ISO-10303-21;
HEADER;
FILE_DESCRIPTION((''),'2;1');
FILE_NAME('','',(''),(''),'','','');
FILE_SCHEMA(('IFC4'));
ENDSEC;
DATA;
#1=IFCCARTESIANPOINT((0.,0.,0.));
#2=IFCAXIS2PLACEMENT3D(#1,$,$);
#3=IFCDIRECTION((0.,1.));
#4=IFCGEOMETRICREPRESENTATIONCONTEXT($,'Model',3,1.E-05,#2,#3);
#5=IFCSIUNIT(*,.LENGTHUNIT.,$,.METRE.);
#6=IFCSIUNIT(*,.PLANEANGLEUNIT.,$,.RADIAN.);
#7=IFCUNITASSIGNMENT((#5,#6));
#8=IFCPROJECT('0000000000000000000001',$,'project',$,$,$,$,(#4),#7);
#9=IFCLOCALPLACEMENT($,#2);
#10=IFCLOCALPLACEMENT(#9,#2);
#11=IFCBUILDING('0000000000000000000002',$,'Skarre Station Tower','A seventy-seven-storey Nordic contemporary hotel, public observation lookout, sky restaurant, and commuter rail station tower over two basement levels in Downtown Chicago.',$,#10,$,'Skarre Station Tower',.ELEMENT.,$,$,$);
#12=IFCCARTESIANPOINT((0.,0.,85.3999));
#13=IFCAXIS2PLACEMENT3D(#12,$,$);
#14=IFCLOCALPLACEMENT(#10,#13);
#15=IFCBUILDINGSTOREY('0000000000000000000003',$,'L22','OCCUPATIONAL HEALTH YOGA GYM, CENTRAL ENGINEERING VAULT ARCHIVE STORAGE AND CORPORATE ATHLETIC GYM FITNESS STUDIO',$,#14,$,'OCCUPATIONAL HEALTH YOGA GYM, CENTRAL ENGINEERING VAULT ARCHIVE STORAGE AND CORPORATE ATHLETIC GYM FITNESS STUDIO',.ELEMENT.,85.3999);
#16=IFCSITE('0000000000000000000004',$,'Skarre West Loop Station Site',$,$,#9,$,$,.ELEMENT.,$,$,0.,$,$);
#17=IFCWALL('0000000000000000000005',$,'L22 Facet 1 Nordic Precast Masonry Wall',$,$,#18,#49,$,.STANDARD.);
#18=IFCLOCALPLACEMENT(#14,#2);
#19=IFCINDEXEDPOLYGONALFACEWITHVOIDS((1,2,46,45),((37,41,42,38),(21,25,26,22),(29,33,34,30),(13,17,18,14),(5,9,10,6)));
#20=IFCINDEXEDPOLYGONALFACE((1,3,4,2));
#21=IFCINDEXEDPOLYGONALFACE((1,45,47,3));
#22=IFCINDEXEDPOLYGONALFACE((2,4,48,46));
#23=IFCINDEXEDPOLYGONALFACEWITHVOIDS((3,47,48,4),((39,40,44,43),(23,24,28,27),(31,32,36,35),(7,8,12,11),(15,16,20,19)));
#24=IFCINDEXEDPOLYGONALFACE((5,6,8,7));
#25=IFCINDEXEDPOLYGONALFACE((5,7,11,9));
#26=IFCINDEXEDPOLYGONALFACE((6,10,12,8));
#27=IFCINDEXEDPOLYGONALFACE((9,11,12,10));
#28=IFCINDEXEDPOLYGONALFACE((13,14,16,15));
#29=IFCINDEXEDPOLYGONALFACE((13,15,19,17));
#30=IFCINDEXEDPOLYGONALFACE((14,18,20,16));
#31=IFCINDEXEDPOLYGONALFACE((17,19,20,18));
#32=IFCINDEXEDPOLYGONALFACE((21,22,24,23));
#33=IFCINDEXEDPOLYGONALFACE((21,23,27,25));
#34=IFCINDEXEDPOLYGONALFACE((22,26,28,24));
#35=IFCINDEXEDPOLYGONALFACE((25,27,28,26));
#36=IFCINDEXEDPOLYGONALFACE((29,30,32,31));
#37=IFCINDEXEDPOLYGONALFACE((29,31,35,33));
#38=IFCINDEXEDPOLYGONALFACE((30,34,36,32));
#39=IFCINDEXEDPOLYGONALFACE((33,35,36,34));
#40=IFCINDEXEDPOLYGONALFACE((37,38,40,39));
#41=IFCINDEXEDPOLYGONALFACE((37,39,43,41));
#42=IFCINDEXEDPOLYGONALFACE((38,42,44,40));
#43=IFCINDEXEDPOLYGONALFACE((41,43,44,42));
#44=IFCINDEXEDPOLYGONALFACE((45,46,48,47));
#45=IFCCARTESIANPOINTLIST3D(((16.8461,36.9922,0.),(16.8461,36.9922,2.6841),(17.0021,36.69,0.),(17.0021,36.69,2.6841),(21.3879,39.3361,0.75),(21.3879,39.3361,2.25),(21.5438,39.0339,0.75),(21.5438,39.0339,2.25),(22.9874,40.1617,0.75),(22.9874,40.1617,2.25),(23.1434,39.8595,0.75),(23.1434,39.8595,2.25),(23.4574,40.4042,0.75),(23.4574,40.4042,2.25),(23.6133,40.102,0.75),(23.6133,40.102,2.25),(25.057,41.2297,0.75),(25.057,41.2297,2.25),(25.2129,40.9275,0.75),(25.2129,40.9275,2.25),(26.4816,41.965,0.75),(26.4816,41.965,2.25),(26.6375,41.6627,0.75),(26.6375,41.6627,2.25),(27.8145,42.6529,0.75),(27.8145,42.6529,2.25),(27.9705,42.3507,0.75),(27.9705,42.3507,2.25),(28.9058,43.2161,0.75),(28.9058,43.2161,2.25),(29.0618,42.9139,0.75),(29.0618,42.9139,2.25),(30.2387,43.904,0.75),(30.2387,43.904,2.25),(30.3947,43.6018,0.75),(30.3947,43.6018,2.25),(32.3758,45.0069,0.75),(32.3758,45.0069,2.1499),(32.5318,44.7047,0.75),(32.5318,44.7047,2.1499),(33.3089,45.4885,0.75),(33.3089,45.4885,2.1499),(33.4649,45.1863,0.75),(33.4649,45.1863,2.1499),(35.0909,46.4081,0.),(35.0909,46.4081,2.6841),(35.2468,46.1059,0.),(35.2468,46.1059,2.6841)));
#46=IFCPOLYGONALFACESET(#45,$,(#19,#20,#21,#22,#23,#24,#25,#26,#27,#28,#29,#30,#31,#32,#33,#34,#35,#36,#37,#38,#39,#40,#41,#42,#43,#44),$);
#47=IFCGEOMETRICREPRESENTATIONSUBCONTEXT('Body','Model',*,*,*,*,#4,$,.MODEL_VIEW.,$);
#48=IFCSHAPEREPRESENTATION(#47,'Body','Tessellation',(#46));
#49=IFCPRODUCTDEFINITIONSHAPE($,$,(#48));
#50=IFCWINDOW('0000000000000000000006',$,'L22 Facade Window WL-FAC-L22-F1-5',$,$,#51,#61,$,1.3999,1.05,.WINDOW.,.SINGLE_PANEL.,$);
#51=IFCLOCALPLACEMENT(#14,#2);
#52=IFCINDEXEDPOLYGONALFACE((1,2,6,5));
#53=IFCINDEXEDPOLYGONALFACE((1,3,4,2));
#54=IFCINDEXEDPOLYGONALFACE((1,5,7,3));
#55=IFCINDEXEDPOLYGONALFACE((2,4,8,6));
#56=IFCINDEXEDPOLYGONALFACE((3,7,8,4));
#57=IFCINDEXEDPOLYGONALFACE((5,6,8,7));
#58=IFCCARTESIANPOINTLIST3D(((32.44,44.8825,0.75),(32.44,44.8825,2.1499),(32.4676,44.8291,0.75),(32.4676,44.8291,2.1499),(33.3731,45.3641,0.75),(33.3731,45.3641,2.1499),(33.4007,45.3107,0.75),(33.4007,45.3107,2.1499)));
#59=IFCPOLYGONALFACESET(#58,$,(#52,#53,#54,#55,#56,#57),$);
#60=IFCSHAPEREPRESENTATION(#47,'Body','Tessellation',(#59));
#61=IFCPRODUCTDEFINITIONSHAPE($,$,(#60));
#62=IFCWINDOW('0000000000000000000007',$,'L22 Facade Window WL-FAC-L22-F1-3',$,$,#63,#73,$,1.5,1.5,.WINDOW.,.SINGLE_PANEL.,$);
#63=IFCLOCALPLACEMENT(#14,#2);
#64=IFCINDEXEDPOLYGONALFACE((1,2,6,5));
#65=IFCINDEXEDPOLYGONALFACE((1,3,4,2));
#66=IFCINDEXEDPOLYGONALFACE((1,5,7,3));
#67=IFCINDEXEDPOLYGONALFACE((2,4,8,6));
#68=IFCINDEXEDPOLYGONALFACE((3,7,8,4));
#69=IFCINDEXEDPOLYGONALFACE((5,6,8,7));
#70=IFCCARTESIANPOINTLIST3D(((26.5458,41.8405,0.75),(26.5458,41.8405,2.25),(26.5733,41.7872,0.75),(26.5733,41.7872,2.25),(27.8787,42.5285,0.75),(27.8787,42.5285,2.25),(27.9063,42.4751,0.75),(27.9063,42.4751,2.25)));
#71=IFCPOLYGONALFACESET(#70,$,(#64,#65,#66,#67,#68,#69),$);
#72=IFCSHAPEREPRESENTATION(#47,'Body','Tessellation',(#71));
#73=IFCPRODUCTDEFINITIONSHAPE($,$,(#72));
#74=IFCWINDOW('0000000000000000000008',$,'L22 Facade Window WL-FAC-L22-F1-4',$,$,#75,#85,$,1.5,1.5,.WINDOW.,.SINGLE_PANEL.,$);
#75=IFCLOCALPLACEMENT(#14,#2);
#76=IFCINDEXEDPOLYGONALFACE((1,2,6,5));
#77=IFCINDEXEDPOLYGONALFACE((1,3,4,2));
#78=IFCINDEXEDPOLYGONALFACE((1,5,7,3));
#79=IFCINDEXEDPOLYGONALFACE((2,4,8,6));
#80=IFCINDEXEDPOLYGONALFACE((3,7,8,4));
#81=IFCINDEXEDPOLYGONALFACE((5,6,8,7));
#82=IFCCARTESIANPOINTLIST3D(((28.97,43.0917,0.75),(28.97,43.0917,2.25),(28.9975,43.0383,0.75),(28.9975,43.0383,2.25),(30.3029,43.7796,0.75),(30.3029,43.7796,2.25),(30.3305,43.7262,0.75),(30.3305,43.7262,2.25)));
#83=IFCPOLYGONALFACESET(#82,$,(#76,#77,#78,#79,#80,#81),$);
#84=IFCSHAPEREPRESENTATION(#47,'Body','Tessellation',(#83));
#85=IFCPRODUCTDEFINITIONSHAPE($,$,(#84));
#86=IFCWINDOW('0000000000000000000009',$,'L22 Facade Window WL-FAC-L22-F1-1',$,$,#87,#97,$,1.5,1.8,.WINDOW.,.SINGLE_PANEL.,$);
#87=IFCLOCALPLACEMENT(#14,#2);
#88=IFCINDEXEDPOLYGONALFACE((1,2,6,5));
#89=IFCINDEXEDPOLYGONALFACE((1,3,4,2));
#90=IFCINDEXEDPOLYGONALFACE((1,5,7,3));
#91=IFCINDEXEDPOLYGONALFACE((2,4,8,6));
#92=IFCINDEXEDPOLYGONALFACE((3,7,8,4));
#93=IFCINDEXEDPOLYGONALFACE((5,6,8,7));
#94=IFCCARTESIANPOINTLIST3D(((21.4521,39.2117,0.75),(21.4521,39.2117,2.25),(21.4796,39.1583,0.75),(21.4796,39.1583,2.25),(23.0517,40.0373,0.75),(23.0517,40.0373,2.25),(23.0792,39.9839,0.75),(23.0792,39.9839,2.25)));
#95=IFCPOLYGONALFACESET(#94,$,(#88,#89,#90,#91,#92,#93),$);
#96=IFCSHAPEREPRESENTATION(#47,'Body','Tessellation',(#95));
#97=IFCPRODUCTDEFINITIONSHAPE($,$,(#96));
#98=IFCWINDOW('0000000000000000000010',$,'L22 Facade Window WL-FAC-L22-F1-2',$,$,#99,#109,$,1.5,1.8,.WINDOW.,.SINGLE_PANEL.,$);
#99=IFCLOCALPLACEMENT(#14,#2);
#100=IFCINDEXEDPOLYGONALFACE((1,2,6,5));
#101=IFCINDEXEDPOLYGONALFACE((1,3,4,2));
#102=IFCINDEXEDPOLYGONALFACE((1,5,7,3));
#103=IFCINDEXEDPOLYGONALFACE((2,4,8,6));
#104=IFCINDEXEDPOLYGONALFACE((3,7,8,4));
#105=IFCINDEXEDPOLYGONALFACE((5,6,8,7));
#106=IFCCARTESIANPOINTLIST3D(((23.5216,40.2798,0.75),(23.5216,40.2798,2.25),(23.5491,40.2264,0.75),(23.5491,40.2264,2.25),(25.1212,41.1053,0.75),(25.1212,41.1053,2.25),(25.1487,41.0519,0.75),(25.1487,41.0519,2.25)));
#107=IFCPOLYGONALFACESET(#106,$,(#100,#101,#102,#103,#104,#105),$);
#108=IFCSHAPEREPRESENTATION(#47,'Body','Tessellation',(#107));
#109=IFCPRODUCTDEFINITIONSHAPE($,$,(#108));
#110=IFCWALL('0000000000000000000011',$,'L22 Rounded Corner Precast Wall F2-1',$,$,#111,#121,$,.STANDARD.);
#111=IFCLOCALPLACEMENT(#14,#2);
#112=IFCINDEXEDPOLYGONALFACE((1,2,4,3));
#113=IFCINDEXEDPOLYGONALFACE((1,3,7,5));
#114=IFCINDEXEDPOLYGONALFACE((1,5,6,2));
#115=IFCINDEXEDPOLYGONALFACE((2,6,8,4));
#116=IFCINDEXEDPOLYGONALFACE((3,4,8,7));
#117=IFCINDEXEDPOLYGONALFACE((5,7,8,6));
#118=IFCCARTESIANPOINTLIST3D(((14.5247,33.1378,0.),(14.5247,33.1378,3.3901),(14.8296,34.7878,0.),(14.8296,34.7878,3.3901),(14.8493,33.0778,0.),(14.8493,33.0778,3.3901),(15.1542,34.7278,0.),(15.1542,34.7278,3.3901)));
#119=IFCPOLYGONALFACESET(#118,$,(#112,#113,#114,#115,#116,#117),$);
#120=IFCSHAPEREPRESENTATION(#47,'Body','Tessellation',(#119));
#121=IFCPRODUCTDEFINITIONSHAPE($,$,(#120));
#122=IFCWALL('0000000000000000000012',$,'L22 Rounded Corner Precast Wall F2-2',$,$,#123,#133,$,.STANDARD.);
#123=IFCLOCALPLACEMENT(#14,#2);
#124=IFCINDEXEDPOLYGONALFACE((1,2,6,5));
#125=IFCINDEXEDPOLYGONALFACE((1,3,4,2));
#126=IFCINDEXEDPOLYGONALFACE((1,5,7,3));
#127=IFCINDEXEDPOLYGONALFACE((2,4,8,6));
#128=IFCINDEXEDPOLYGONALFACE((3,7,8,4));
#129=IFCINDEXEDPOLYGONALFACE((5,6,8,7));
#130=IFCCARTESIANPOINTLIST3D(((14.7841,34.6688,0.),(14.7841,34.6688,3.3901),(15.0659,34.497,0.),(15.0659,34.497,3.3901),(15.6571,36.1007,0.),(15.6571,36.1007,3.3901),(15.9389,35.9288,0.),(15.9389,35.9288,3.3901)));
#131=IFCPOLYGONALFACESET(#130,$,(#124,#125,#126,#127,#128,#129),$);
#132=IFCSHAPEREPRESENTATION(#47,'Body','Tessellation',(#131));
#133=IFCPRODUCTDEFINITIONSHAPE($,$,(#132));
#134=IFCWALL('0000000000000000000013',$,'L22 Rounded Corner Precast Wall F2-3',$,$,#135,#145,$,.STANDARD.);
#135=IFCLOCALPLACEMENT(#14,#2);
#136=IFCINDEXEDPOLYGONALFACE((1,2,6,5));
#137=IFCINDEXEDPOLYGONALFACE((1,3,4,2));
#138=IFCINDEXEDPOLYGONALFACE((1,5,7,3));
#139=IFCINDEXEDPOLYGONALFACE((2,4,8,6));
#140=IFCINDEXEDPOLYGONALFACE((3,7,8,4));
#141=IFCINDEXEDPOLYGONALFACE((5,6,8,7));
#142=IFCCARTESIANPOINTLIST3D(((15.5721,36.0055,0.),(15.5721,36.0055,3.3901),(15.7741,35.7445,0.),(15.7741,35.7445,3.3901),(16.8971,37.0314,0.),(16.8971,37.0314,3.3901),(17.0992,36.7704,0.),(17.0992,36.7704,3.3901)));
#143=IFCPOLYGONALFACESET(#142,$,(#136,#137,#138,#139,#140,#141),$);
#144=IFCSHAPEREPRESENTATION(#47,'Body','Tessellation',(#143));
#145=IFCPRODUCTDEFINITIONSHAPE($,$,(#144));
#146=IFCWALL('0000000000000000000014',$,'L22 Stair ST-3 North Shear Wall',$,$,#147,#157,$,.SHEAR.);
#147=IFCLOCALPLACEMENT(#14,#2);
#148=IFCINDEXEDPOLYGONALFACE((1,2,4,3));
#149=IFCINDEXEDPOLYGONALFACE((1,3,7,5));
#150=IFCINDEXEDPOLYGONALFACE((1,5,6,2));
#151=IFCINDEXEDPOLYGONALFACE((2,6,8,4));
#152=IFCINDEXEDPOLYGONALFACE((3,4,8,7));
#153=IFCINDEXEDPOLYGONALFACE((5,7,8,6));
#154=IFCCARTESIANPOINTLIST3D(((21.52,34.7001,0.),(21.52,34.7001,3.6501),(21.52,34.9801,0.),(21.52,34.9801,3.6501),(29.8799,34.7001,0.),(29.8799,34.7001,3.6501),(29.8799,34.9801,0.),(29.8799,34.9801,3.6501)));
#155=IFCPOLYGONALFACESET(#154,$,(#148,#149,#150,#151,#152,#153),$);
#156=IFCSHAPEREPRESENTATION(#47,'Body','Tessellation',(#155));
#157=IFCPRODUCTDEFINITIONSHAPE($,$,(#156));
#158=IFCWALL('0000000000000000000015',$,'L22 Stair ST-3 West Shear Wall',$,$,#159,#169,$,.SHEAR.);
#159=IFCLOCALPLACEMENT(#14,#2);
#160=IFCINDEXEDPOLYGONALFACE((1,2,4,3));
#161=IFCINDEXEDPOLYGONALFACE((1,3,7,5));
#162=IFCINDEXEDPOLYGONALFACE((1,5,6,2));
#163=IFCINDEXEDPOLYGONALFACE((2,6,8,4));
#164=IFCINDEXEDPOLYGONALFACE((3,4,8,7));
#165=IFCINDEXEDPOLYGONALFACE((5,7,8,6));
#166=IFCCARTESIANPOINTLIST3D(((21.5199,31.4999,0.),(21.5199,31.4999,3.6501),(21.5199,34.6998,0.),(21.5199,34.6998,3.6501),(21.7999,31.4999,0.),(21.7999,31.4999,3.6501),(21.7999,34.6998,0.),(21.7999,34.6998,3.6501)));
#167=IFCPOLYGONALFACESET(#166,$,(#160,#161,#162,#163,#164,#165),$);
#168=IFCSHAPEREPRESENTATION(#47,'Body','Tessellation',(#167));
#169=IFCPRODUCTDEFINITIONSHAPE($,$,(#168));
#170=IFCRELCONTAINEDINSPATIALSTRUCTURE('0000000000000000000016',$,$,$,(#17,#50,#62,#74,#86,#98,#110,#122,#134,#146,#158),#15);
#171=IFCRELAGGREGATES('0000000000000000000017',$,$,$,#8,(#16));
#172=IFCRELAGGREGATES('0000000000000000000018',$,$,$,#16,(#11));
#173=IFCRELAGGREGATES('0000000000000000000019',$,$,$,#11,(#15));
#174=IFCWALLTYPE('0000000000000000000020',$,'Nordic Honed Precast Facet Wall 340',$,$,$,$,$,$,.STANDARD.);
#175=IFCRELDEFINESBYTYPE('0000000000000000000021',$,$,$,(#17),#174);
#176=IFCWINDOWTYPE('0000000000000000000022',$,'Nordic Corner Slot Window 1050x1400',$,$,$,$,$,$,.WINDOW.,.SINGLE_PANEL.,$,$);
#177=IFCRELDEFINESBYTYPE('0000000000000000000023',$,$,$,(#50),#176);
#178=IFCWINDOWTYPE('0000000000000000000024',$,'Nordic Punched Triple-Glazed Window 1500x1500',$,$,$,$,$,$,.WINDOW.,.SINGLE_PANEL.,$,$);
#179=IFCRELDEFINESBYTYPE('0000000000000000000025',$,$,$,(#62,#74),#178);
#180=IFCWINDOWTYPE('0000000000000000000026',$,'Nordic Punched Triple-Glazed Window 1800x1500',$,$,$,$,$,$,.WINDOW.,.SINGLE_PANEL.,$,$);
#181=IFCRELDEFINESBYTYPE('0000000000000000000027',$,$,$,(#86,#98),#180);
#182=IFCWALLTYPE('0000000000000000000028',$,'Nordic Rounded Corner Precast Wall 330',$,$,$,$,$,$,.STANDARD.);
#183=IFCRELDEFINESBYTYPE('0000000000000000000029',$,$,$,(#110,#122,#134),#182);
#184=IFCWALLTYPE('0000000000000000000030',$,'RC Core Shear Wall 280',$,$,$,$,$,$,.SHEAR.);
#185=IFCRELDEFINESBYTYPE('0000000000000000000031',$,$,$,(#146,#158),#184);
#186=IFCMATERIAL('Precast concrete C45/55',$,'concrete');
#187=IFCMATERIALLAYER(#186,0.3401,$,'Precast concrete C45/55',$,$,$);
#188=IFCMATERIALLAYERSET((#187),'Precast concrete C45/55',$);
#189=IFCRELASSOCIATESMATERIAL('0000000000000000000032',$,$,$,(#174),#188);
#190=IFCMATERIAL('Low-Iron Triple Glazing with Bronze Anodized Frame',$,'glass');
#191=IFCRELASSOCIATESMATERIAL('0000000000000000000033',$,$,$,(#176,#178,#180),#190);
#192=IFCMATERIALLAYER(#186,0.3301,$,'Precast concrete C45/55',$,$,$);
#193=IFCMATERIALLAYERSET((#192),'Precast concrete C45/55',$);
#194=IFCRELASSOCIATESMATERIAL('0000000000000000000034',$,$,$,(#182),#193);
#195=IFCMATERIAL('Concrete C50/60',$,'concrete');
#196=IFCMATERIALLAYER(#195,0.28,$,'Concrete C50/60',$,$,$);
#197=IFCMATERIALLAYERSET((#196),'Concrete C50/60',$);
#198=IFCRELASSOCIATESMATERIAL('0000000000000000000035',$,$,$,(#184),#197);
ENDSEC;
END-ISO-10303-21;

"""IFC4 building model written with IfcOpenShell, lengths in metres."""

from ifc_helpers import new_model, si_unit, direction, frame, frame_2d, origin, place, context, subcontext, project, spatial, rectangle, extrude, material, layer, layer_set, type_object, element, fill, save


model = new_model("IFC4")

# Units and contexts
model_context = context("Model", 3, precision=1e-05, world=origin(), true_north=direction((0.0, 1.0)))
body_context = subcontext(model_context, "Body", "Model", "MODEL_VIEW")
ifc_project = project(units=[si_unit("LENGTHUNIT", "METRE"), si_unit("PLANEANGLEUNIT", "RADIAN")], contexts=[model_context])

# Site, building, storey
site_placement = place(None, origin())
site = spatial("IfcSite", under=ifc_project, at=site_placement, Name="Skarre West Loop Station Site", CompositionType="ELEMENT", RefElevation=0.0)
building_placement = place(site_placement, origin())
building = spatial("IfcBuilding", under=site, at=building_placement, Name="Skarre Station Tower", Description="A seventy-seven-storey Nordic contemporary hotel, public observation lookout, sky restaurant, and commuter rail station tower over two basement levels in Downtown Chicago.", LongName="Skarre Station Tower", CompositionType="ELEMENT")
storey_placement = place(building_placement, frame((0.0, 0.0, 85.3999)))
storey = spatial("IfcBuildingStorey", under=building, at=storey_placement, Name="L22", Description="OCCUPATIONAL HEALTH YOGA GYM, CENTRAL ENGINEERING VAULT ARCHIVE STORAGE AND CORPORATE ATHLETIC GYM FITNESS STUDIO", LongName="OCCUPATIONAL HEALTH YOGA GYM, CENTRAL ENGINEERING VAULT ARCHIVE STORAGE AND CORPORATE ATHLETIC GYM FITNESS STUDIO", CompositionType="ELEMENT", Elevation=85.3999)

# Wall, openings, windows
ifc_material_1 = material(Name="Precast concrete C45/55", Category="concrete")
ifc_layer_1 = layer(ifc_material_1, 0.3401, Name="Precast concrete C45/55")
ifc_layer_set_1 = layer_set([ifc_layer_1], Name="Precast concrete C45/55")
wall_type_1 = type_object("IfcWallType", Name="Nordic Honed Precast Facet Wall 340", PredefinedType="STANDARD", material=ifc_layer_set_1)
wall_1_placement = place(storey_placement, frame((16.9241, 36.8411, 0.0), z_axis=(0.0, 0.0, 1.0), x_axis=(0.888634, 0.458616, 0.0)))
wall_1 = element("IfcWall", 1, at=wall_1_placement, inside=storey, type_object=wall_type_1, Name="L22 Facet 1 Nordic Precast Masonry Wall", PredefinedType="STANDARD", context=body_context, shape_type="SweptSolid", body=[
    extrude(rectangle(XDim=20.5312, YDim=0.3401, at=frame_2d((10.2656, 0.0))), origin(), (0.0, 0.0, 1.0), 2.6841),
])
opening_1_placement = place(wall_1_placement, frame((5.1111, 0.0, 0.75)))
opening_1 = element("IfcOpeningElement", 2, at=opening_1_placement, cuts=wall_1, PredefinedType="OPENING", context=body_context, shape_type="SweptSolid", body=[
    extrude(rectangle(XDim=1.8, YDim=1.5, at=frame_2d((0.8999, 0.75))), frame((0.0, 0.1799, 0.0), z_axis=(0.0, -1.0, 0.0), x_axis=(1.0, 0.0, 0.0)), (0.0, 0.0, 1.0), 0.3601),
])
opening_2_placement = place(wall_1_placement, frame((7.4399, 0.0, 0.75)))
opening_2 = element("IfcOpeningElement", 3, at=opening_2_placement, cuts=wall_1, PredefinedType="OPENING", context=body_context, shape_type="SweptSolid", body=[
    extrude(rectangle(XDim=1.8, YDim=1.5, at=frame_2d((0.8999, 0.75))), frame((0.0, 0.1799, 0.0), z_axis=(0.0, -1.0, 0.0), x_axis=(1.0, 0.0, 0.0)), (0.0, 0.0, 1.0), 0.3601),
])
opening_3_placement = place(wall_1_placement, frame((10.843, 0.0, 0.75)))
opening_3 = element("IfcOpeningElement", 4, at=opening_3_placement, cuts=wall_1, PredefinedType="OPENING", context=body_context, shape_type="SweptSolid", body=[
    extrude(rectangle(XDim=1.5, YDim=1.5, at=frame_2d((0.75, 0.75))), frame((0.0, 0.1799, 0.0), z_axis=(0.0, -1.0, 0.0), x_axis=(1.0, 0.0, 0.0)), (0.0, 0.0, 1.0), 0.3601),
])
opening_4_placement = place(wall_1_placement, frame((13.571, 0.0, 0.75)))
opening_4 = element("IfcOpeningElement", 5, at=opening_4_placement, cuts=wall_1, PredefinedType="OPENING", context=body_context, shape_type="SweptSolid", body=[
    extrude(rectangle(XDim=1.5, YDim=1.5, at=frame_2d((0.75, 0.75))), frame((0.0, 0.1799, 0.0), z_axis=(0.0, -1.0, 0.0), x_axis=(1.0, 0.0, 0.0)), (0.0, 0.0, 1.0), 0.3601),
])
opening_5_placement = place(wall_1_placement, frame((17.4761, 0.0, 0.75)))
opening_5 = element("IfcOpeningElement", 6, at=opening_5_placement, cuts=wall_1, PredefinedType="OPENING", context=body_context, shape_type="SweptSolid", body=[
    extrude(rectangle(XDim=1.05, YDim=1.3999, at=frame_2d((0.5249, 0.7))), frame((0.0, 0.1799, 0.0), z_axis=(0.0, -1.0, 0.0), x_axis=(1.0, 0.0, 0.0)), (0.0, 0.0, 1.0), 0.3601),
])
ifc_material_2 = material(Name="Low-Iron Triple Glazing with Bronze Anodized Frame", Category="glass")
window_type_1 = type_object("IfcWindowType", Name="Nordic Corner Slot Window 1050x1400", PartitioningType="SINGLE_PANEL", PredefinedType="WINDOW", material=ifc_material_2)
window_1_placement = place(opening_5_placement, origin())
window_1 = element("IfcWindow", 7, at=window_1_placement, inside=storey, type_object=window_type_1, Name="L22 Facade Window WL-FAC-L22-F1-5", OverallHeight=1.3999, OverallWidth=1.05, PartitioningType="SINGLE_PANEL", PredefinedType="WINDOW", context=body_context, shape_type="SweptSolid", body=[
    extrude(rectangle(XDim=1.05, YDim=1.3999, at=frame_2d((0.5249, 0.7))), frame((0.0, 0.03, 0.0), z_axis=(0.0, -1.0, 0.0), x_axis=(1.0, 0.0, 0.0)), (0.0, 0.0, 1.0), 0.0601),
])
fill(opening_5, window_1)
window_type_2 = type_object("IfcWindowType", Name="Nordic Punched Triple-Glazed Window 1500x1500", PartitioningType="SINGLE_PANEL", PredefinedType="WINDOW", material=ifc_material_2)
window_2_placement = place(opening_3_placement, origin())
window_2 = element("IfcWindow", 8, at=window_2_placement, inside=storey, type_object=window_type_2, Name="L22 Facade Window WL-FAC-L22-F1-3", OverallHeight=1.5, OverallWidth=1.5, PartitioningType="SINGLE_PANEL", PredefinedType="WINDOW", context=body_context, shape_type="SweptSolid", body=[
    extrude(rectangle(XDim=1.5, YDim=1.5, at=frame_2d((0.75, 0.75))), frame((0.0, 0.03, 0.0), z_axis=(0.0, -1.0, 0.0), x_axis=(1.0, 0.0, 0.0)), (0.0, 0.0, 1.0), 0.0601),
])
fill(opening_3, window_2)
window_3_placement = place(opening_4_placement, origin())
window_3 = element("IfcWindow", 9, at=window_3_placement, inside=storey, type_object=window_type_2, Name="L22 Facade Window WL-FAC-L22-F1-4", OverallHeight=1.5, OverallWidth=1.5, PartitioningType="SINGLE_PANEL", PredefinedType="WINDOW", context=body_context, shape_type="SweptSolid", body=[
    extrude(rectangle(XDim=1.5, YDim=1.5, at=frame_2d((0.75, 0.75))), frame((0.0, 0.03, 0.0), z_axis=(0.0, -1.0, 0.0), x_axis=(1.0, 0.0, 0.0)), (0.0, 0.0, 1.0), 0.0601),
])
fill(opening_4, window_3)
window_type_3 = type_object("IfcWindowType", Name="Nordic Punched Triple-Glazed Window 1800x1500", PartitioningType="SINGLE_PANEL", PredefinedType="WINDOW", material=ifc_material_2)
window_4_placement = place(opening_1_placement, origin())
window_4 = element("IfcWindow", 10, at=window_4_placement, inside=storey, type_object=window_type_3, Name="L22 Facade Window WL-FAC-L22-F1-1", OverallHeight=1.5, OverallWidth=1.8, PartitioningType="SINGLE_PANEL", PredefinedType="WINDOW", context=body_context, shape_type="SweptSolid", body=[
    extrude(rectangle(XDim=1.8, YDim=1.5, at=frame_2d((0.8999, 0.75))), frame((0.0, 0.03, 0.0), z_axis=(0.0, -1.0, 0.0), x_axis=(1.0, 0.0, 0.0)), (0.0, 0.0, 1.0), 0.0601),
])
fill(opening_1, window_4)
window_5_placement = place(opening_2_placement, origin())
window_5 = element("IfcWindow", 11, at=window_5_placement, inside=storey, type_object=window_type_3, Name="L22 Facade Window WL-FAC-L22-F1-2", OverallHeight=1.5, OverallWidth=1.8, PartitioningType="SINGLE_PANEL", PredefinedType="WINDOW", context=body_context, shape_type="SweptSolid", body=[
    extrude(rectangle(XDim=1.8, YDim=1.5, at=frame_2d((0.8999, 0.75))), frame((0.0, 0.03, 0.0), z_axis=(0.0, -1.0, 0.0), x_axis=(1.0, 0.0, 0.0)), (0.0, 0.0, 1.0), 0.0601),
])
fill(opening_2, window_5)

# Walls
ifc_layer_2 = layer(ifc_material_1, 0.3301, Name="Precast concrete C45/55")
ifc_layer_set_2 = layer_set([ifc_layer_2], Name="Precast concrete C45/55")
wall_type_2 = type_object("IfcWallType", Name="Nordic Rounded Corner Precast Wall 330", PredefinedType="STANDARD", material=ifc_layer_set_2)
wall_2_placement = place(storey_placement, frame((14.687, 33.1079, 0.0), z_axis=(0.0, 0.0, 1.0), x_axis=(0.181714, 0.983351, 0.0)))
element("IfcWall", 12, at=wall_2_placement, inside=storey, type_object=wall_type_2, Name="L22 Rounded Corner Precast Wall F2-1", PredefinedType="STANDARD", context=body_context, shape_type="SweptSolid", body=[
    extrude(rectangle(XDim=1.678, YDim=0.3301, at=frame_2d((0.8389, 0.0))), origin(), (0.0, 0.0, 1.0), 3.3901),
])
wall_3_placement = place(storey_placement, frame((14.925, 34.583, 0.0), z_axis=(0.0, 0.0, 1.0), x_axis=(0.520584, 0.85381, 0.0)))
element("IfcWall", 13, at=wall_3_placement, inside=storey, type_object=wall_type_2, Name="L22 Rounded Corner Precast Wall F2-2", PredefinedType="STANDARD", context=body_context, shape_type="SweptSolid", body=[
    extrude(rectangle(XDim=1.677, YDim=0.3301, at=frame_2d((0.8384, 0.0))), origin(), (0.0, 0.0, 1.0), 3.3901),
])
wall_4_placement = place(storey_placement, frame((15.6731, 35.875, 0.0), z_axis=(0.0, 0.0, 1.0), x_axis=(0.790692, 0.612214, 0.0)))
element("IfcWall", 14, at=wall_4_placement, inside=storey, type_object=wall_type_2, Name="L22 Rounded Corner Precast Wall F2-3", PredefinedType="STANDARD", context=body_context, shape_type="SweptSolid", body=[
    extrude(rectangle(XDim=1.6758, YDim=0.3301, at=frame_2d((0.8379, 0.0))), origin(), (0.0, 0.0, 1.0), 3.3901),
])
ifc_material_3 = material(Name="Concrete C50/60", Category="concrete")
ifc_layer_3 = layer(ifc_material_3, 0.28, Name="Concrete C50/60")
ifc_layer_set_3 = layer_set([ifc_layer_3], Name="Concrete C50/60")
wall_type_3 = type_object("IfcWallType", Name="RC Core Shear Wall 280", PredefinedType="SHEAR", material=ifc_layer_set_3)
wall_5_placement = place(storey_placement, frame((29.8799, 34.8401, 0.0), z_axis=(0.0, 0.0, 1.0), x_axis=(-1.0, 0.0, 0.0)))
element("IfcWall", 15, at=wall_5_placement, inside=storey, type_object=wall_type_3, Name="L22 Stair ST-3 North Shear Wall", PredefinedType="SHEAR", context=body_context, shape_type="SweptSolid", body=[
    extrude(rectangle(XDim=8.3599, YDim=0.28, at=frame_2d((4.1799, 0.0))), origin(), (0.0, 0.0, 1.0), 3.6501),
])
for number, where, z_axis, x_axis, name in (
    (16, (21.6599, 34.7, 0.0), (0.0, 0.0, 1.0), (0.0, -1.0, 0.0), "L22 Stair ST-3 West Shear Wall"),
):
    element("IfcWall", number, at=place(storey_placement, frame(where, z_axis=z_axis, x_axis=x_axis)), inside=storey, type_object=wall_type_3, Name=name, PredefinedType="SHEAR", context=body_context, shape_type="SweptSolid", body=[
        extrude(rectangle(XDim=3.2, YDim=0.28, at=frame_2d((1.6001, 0.0))), origin(), (0.0, 0.0, 1.0), 3.6501),
    ])

save(model, "model.ifc")
